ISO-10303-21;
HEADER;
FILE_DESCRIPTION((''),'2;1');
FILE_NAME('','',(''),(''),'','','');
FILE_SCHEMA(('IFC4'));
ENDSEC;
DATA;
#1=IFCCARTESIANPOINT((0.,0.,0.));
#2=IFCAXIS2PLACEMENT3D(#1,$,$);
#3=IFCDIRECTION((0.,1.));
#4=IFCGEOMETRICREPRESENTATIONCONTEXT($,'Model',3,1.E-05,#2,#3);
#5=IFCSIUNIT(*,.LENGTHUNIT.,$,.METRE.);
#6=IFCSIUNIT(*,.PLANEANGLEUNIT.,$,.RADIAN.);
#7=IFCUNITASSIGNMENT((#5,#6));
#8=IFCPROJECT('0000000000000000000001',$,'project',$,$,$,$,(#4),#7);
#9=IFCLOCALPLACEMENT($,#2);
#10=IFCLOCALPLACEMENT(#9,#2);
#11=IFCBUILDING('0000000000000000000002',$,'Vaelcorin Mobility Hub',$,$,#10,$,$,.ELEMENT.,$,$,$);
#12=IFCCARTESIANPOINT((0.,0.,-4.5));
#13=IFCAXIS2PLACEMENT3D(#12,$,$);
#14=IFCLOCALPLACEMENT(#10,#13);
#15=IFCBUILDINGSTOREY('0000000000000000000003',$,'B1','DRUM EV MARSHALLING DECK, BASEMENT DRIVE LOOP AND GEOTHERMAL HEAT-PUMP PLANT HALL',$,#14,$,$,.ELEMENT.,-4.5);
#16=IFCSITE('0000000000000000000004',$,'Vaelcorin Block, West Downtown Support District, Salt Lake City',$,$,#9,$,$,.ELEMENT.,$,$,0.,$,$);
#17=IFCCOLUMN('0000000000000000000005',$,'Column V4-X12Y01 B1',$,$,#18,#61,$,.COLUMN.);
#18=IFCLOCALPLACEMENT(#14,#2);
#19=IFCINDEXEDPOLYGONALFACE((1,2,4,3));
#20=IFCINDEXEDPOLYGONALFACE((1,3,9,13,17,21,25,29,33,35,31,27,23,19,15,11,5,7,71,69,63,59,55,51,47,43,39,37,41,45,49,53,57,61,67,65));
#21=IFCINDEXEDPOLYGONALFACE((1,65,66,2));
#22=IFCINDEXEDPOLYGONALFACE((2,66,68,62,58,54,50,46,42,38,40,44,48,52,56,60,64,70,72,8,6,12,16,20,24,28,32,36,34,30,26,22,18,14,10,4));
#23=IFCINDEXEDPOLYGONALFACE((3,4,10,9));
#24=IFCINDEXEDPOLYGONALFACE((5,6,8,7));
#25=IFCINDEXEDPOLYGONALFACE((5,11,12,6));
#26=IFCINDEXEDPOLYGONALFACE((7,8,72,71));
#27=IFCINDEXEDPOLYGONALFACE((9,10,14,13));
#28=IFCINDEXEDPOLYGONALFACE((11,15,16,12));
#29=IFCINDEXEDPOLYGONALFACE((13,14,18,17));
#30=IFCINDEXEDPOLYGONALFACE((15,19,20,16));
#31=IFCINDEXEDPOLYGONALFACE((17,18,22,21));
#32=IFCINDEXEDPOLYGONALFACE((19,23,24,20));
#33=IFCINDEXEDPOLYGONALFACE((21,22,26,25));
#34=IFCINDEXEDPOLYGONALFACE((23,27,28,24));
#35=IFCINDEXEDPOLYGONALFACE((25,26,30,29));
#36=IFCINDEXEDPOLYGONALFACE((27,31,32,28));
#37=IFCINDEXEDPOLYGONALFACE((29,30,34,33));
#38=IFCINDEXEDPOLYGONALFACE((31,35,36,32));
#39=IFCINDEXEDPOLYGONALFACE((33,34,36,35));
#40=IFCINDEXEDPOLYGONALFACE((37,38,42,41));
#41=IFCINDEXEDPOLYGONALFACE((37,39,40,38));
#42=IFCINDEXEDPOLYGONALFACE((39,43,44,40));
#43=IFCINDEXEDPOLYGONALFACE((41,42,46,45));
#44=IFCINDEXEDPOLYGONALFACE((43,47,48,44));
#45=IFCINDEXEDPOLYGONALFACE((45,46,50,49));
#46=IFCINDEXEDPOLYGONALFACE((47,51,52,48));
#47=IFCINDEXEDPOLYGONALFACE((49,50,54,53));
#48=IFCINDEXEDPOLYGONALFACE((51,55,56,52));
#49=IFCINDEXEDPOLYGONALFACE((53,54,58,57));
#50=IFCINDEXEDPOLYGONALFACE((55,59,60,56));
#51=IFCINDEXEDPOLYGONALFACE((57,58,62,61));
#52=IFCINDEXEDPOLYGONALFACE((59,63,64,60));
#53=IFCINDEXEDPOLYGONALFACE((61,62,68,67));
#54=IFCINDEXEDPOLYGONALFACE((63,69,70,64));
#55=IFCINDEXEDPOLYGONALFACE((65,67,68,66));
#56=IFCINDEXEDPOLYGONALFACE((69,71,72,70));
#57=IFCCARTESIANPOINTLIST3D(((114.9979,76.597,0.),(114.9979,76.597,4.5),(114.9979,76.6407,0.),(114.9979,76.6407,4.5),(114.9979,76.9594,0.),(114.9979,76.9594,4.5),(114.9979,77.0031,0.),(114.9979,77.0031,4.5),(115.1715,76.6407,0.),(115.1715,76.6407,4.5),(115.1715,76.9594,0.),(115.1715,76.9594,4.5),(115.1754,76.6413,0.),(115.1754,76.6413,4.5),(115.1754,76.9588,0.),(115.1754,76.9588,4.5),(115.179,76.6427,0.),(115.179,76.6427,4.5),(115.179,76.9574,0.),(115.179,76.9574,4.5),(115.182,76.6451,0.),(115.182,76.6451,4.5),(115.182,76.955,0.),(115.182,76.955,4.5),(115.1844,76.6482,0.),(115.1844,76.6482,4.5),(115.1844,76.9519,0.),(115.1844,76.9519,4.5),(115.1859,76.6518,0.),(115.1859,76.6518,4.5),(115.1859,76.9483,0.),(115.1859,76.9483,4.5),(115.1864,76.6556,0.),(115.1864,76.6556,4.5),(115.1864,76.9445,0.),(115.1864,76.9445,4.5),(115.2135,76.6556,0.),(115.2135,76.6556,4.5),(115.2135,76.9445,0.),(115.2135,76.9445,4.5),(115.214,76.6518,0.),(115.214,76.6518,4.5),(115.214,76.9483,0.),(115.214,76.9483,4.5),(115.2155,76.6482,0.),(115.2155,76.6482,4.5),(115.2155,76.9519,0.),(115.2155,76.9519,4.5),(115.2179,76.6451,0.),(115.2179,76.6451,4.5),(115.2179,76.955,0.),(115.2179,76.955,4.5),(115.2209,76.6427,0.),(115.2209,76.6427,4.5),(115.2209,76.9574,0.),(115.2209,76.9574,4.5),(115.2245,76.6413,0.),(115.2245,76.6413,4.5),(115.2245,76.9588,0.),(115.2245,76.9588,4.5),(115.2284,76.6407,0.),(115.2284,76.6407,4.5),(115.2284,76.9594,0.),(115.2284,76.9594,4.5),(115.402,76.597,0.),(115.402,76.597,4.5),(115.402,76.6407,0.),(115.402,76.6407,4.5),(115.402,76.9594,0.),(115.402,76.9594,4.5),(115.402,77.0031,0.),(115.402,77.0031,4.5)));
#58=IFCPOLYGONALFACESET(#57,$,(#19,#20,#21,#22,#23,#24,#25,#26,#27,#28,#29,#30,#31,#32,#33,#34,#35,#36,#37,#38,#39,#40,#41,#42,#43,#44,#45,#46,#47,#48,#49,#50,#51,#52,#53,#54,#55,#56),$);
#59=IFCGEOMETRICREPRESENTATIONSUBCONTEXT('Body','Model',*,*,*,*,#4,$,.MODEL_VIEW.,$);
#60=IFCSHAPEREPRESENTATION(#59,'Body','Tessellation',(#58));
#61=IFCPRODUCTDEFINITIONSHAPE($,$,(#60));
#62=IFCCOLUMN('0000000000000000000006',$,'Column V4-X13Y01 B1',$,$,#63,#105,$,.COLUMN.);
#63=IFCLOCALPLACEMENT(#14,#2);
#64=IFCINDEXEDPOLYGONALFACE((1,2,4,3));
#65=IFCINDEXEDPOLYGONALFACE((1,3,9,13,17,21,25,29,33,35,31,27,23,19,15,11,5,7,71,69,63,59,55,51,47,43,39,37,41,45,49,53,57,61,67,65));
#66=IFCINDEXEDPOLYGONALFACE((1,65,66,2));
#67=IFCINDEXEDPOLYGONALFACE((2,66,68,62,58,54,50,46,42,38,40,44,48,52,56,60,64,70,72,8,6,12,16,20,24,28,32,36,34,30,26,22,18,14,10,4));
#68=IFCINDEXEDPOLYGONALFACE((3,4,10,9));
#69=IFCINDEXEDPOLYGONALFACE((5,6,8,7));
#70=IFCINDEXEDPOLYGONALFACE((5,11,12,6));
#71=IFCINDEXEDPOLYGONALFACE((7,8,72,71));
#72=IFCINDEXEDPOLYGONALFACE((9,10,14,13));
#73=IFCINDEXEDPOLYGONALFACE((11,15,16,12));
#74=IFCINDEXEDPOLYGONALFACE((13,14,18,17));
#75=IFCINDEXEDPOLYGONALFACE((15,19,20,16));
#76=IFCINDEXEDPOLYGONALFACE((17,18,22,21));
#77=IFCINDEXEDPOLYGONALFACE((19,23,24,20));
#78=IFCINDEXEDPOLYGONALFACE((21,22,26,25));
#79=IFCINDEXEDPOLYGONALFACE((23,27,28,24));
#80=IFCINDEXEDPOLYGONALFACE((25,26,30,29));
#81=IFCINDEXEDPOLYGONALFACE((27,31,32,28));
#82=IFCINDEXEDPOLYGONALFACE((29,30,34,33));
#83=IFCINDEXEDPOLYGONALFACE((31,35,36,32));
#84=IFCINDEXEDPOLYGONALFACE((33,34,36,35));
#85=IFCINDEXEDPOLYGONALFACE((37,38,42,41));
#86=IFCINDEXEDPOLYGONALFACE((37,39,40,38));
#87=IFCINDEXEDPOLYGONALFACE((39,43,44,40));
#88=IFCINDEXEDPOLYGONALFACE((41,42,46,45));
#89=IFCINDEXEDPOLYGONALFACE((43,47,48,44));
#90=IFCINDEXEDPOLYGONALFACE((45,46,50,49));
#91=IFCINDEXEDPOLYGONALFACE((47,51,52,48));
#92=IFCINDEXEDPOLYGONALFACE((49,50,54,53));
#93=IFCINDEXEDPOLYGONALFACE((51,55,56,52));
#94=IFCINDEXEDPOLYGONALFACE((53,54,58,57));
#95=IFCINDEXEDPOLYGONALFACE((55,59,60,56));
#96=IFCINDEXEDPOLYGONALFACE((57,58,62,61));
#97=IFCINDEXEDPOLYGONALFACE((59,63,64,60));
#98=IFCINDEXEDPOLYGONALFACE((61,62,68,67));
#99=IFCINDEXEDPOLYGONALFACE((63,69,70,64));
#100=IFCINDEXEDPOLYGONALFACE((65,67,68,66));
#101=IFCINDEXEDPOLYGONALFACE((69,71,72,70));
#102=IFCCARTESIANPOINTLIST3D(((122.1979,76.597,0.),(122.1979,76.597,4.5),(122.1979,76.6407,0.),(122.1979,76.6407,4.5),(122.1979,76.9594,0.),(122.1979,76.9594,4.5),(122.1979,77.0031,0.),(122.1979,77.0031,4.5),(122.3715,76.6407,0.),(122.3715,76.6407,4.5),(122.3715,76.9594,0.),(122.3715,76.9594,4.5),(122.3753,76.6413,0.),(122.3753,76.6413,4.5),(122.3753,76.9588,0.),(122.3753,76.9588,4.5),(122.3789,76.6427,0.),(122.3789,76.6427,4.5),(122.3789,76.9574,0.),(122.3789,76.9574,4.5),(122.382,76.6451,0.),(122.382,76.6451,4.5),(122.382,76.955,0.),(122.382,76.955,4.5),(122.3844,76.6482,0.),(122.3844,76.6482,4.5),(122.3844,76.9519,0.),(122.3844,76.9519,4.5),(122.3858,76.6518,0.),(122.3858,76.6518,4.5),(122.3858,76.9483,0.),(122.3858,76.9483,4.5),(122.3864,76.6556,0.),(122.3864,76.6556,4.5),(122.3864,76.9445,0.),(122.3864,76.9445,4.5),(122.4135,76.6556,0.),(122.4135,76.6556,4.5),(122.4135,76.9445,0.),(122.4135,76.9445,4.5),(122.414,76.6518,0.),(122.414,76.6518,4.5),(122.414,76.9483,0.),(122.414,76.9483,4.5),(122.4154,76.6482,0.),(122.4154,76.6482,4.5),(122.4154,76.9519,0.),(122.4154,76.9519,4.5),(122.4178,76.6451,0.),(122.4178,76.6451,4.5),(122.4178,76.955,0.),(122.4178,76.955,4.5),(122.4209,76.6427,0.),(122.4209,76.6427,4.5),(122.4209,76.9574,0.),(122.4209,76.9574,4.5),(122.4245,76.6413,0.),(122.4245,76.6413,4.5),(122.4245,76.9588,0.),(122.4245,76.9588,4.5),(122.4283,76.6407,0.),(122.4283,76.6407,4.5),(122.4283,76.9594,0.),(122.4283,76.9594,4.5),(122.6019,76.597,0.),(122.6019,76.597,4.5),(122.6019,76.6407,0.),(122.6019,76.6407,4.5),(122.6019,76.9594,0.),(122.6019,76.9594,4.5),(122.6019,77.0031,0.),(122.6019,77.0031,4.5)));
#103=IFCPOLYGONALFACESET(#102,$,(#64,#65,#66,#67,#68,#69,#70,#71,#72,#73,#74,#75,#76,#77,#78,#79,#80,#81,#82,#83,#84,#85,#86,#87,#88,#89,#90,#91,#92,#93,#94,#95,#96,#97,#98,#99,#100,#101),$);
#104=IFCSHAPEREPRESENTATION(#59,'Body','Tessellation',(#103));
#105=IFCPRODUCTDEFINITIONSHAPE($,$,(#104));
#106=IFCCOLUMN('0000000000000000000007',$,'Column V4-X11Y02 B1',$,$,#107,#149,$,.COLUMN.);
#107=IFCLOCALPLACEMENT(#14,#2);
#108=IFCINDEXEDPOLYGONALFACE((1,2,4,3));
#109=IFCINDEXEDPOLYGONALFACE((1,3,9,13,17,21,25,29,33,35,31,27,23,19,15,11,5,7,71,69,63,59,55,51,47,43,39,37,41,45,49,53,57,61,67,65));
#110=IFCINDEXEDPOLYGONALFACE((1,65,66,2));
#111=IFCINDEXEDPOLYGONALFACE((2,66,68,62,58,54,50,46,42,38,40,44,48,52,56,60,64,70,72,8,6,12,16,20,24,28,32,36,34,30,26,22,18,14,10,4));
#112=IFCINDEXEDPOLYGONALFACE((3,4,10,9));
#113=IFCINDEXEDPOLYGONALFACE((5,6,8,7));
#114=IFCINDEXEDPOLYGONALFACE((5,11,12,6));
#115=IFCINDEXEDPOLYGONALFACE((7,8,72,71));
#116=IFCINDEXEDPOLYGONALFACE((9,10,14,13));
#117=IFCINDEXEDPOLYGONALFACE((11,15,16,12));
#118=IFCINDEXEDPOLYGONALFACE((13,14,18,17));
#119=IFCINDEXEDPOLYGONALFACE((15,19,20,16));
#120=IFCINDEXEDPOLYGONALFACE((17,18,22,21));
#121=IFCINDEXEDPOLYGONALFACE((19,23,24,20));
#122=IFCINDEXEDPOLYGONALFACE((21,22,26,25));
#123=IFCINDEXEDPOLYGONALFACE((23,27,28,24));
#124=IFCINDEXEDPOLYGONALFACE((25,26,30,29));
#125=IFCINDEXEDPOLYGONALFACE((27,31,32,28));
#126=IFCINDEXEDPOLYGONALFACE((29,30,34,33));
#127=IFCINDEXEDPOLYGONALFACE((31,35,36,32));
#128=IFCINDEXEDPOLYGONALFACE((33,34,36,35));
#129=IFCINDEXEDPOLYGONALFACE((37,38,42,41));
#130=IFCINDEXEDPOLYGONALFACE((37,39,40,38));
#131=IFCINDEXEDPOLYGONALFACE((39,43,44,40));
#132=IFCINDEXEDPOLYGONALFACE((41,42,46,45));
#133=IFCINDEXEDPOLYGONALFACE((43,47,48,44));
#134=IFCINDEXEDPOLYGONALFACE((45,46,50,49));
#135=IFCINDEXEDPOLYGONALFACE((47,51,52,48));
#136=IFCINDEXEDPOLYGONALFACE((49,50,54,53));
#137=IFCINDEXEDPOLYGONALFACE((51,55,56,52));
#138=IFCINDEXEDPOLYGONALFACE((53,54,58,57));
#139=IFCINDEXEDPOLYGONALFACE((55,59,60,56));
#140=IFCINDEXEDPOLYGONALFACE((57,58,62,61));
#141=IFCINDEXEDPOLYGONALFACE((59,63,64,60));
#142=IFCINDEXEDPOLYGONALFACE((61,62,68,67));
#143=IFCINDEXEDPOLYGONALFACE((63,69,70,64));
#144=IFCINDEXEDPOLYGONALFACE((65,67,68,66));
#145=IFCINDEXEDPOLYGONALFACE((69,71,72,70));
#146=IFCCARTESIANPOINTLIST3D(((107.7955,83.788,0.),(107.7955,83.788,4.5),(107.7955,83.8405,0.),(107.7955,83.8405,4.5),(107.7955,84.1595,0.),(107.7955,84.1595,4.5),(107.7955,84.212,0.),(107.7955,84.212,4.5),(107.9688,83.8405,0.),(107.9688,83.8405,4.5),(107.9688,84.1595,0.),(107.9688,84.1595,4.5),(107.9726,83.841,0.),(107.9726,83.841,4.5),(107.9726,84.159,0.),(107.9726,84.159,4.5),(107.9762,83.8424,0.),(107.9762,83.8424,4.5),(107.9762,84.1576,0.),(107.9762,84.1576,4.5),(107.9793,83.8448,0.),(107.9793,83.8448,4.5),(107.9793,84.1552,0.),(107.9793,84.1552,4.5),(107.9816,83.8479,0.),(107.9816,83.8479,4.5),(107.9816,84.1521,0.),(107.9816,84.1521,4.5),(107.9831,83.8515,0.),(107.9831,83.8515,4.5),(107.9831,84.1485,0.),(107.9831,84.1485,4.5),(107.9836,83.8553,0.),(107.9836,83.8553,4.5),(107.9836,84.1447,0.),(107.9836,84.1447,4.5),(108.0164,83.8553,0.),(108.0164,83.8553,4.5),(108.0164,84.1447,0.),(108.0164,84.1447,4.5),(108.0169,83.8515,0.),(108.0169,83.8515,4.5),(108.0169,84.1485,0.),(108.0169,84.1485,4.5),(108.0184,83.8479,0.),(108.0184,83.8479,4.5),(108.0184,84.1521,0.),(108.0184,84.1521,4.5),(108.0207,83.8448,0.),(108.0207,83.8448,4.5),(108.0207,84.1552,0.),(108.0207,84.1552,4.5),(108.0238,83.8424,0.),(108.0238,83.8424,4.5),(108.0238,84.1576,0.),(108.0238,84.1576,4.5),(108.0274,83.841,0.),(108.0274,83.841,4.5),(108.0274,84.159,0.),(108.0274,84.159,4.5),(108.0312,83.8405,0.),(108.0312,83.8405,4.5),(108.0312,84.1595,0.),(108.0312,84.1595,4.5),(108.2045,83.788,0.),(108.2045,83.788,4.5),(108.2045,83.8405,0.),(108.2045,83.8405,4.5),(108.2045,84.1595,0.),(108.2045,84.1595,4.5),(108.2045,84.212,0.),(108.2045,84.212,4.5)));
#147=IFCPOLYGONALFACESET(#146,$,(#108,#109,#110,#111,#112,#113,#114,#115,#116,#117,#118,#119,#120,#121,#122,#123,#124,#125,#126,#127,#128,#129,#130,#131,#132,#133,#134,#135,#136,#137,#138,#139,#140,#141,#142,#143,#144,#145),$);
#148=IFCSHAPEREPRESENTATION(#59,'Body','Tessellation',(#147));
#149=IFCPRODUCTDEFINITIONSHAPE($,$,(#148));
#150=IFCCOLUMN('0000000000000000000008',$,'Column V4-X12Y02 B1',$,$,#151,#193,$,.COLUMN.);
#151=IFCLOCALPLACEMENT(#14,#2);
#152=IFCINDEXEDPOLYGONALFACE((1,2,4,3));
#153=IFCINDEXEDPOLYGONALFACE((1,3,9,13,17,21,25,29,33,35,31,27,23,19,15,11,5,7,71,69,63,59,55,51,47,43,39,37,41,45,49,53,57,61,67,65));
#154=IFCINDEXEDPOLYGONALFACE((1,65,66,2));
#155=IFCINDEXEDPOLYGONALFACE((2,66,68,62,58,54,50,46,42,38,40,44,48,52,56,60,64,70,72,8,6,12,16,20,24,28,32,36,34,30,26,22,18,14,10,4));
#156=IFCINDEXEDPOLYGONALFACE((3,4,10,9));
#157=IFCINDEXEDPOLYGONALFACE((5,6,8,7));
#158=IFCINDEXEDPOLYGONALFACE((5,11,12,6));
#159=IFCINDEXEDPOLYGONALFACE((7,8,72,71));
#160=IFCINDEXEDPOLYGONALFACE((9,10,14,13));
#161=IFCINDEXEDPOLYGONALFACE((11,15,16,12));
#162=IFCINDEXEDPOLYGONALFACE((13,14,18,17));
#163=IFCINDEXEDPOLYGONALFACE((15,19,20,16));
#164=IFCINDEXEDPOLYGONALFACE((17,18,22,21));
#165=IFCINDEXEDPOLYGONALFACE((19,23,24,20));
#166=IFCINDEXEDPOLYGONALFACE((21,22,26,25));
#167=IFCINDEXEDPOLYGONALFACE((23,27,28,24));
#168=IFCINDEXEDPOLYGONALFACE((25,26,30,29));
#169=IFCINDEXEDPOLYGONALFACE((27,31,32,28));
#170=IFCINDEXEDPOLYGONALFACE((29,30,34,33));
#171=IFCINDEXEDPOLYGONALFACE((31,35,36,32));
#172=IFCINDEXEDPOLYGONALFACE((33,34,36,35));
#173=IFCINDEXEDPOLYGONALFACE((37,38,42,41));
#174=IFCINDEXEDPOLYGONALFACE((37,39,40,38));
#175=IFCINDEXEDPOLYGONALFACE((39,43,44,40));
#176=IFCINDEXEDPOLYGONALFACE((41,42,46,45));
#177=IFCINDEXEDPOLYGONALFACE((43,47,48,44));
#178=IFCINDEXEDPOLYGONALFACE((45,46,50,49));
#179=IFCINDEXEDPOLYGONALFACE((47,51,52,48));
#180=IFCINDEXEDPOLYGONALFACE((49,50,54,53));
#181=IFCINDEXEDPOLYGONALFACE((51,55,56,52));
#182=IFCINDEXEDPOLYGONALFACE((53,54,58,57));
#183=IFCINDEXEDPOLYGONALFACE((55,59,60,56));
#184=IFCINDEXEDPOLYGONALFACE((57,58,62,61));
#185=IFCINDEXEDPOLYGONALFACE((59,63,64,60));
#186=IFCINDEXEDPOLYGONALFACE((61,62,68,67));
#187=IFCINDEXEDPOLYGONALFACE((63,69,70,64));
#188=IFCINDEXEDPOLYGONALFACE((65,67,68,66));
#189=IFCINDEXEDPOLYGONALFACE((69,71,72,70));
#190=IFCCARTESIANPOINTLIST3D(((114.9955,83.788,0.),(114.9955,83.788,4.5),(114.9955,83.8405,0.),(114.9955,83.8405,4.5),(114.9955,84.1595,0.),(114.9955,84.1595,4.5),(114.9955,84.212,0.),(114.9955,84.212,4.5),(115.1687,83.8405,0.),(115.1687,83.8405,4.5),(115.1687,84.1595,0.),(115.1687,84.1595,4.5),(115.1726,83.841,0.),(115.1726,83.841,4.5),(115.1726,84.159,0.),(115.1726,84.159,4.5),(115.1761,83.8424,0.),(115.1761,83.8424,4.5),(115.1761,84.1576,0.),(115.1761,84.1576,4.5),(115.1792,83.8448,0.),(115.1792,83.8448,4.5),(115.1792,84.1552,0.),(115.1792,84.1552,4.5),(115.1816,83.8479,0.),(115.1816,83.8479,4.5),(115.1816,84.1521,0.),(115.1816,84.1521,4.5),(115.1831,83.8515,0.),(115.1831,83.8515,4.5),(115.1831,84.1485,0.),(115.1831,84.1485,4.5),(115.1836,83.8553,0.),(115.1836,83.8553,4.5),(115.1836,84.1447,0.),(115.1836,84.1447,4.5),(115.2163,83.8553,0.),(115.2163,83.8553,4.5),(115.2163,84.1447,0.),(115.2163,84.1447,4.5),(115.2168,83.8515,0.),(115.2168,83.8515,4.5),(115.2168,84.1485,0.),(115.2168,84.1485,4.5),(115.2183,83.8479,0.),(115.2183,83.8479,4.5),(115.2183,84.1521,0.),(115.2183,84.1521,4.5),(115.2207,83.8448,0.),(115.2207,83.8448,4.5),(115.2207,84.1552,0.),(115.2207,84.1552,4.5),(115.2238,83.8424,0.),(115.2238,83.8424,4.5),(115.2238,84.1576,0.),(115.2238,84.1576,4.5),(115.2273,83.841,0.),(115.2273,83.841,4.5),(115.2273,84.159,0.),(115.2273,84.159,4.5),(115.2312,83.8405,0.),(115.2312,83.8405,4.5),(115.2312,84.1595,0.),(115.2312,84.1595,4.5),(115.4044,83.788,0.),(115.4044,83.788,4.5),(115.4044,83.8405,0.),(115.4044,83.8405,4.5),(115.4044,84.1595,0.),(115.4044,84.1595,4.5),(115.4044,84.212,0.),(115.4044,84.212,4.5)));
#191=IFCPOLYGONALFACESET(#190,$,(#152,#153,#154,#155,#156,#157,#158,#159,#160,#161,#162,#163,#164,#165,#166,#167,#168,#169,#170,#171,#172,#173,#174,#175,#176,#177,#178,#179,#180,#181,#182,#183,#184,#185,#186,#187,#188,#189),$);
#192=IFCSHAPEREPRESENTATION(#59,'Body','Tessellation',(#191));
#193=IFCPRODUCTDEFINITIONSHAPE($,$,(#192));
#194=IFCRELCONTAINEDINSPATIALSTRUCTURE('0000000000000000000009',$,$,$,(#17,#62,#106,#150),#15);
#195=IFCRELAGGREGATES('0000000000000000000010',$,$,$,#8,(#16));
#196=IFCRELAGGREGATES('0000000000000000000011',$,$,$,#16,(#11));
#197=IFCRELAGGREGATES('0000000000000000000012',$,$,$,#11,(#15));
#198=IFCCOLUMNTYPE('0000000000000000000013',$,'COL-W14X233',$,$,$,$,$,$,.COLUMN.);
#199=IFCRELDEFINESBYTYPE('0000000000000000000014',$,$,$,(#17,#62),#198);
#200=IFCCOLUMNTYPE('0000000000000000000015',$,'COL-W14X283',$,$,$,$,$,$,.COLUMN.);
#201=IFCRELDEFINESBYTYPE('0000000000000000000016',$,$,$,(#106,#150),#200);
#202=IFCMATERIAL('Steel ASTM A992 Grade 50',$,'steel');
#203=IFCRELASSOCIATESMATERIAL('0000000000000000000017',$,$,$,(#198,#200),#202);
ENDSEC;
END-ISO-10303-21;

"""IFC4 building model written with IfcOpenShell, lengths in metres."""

from ifc_helpers import new_model, si_unit, direction, frame, origin, origin_2d, place, context, subcontext, project, spatial, i_section, extrude, material, material_profile, profile_set, type_object, element, save


model = new_model("IFC4")

# Units and contexts
model_context = context("Model", 3, precision=1e-05, world=origin(), true_north=direction((0.0, 1.0)))
body_context = subcontext(model_context, "Body", "Model", "MODEL_VIEW")
ifc_project = project(units=[si_unit("LENGTHUNIT", "METRE"), si_unit("PLANEANGLEUNIT", "RADIAN")], contexts=[model_context])

# Site, building, storey
site_placement = place(None, origin())
site = spatial("IfcSite", under=ifc_project, at=site_placement, Name="Vaelcorin Block, West Downtown Support District, Salt Lake City", CompositionType="ELEMENT", RefElevation=0.0)
building_placement = place(site_placement, origin())
building = spatial("IfcBuilding", under=site, at=building_placement, Name="Vaelcorin Mobility Hub", CompositionType="ELEMENT")
storey_placement = place(building_placement, frame((0.0, 0.0, -4.5)))
storey = spatial("IfcBuildingStorey", under=building, at=storey_placement, Name="B1", Description="DRUM EV MARSHALLING DECK, BASEMENT DRIVE LOOP AND GEOTHERMAL HEAT-PUMP PLANT HALL", CompositionType="ELEMENT", Elevation=-4.5)

# Columns
ifc_material_1 = material(Name="Steel ASTM A992 Grade 50", Category="steel")
ifc_material_profile_1 = material_profile(ifc_material_1, i_section(OverallWidth=0.4041, OverallDepth=0.406, WebThickness=0.0271, FlangeThickness=0.0437, FilletRadius=0.0149, at=origin_2d()), Name="W14X233")
ifc_profile_set_1 = profile_set([ifc_material_profile_1], Name="Steel ASTM A992 Grade 50")
column_type_1 = type_object("IfcColumnType", Name="COL-W14X233", PredefinedType="COLUMN", material=ifc_profile_set_1)
for number, where, z_axis, x_axis, name in (
    (1, (115.2, 76.8, 0.0), (0.0, 0.0, 1.0), (1.0, 0.0, 0.0), "Column V4-X12Y01 B1"),
    (2, (122.3999, 76.8, 0.0), (0.0, 0.0, 1.0), (1.0, 0.0, 0.0), "Column V4-X13Y01 B1"),
):
    element("IfcColumn", number, at=place(storey_placement, frame(where, z_axis=z_axis, x_axis=x_axis)), inside=storey, type_object=column_type_1, Name=name, PredefinedType="COLUMN", context=body_context, shape_type="SweptSolid", body=[
        extrude(i_section(OverallWidth=0.4041, OverallDepth=0.406, WebThickness=0.0271, FlangeThickness=0.0437, FilletRadius=0.0149, at=origin_2d()), origin(), (0.0, 0.0, 1.0), 4.5),
    ])
ifc_material_profile_2 = material_profile(ifc_material_1, i_section(OverallWidth=0.4089, OverallDepth=0.4241, WebThickness=0.0327, FlangeThickness=0.0525, FilletRadius=0.0149, at=origin_2d()), Name="W14X283")
ifc_profile_set_2 = profile_set([ifc_material_profile_2], Name="Steel ASTM A992 Grade 50")
column_type_2 = type_object("IfcColumnType", Name="COL-W14X283", PredefinedType="COLUMN", material=ifc_profile_set_2)
for number, where, z_axis, x_axis, name in (
    (3, (108.0, 84.0, 0.0), (0.0, 0.0, 1.0), (1.0, 0.0, 0.0), "Column V4-X11Y02 B1"),
    (4, (115.2, 84.0, 0.0), (0.0, 0.0, 1.0), (1.0, 0.0, 0.0), "Column V4-X12Y02 B1"),
):
    element("IfcColumn", number, at=place(storey_placement, frame(where, z_axis=z_axis, x_axis=x_axis)), inside=storey, type_object=column_type_2, Name=name, PredefinedType="COLUMN", context=body_context, shape_type="SweptSolid", body=[
        extrude(i_section(OverallWidth=0.4089, OverallDepth=0.4241, WebThickness=0.0327, FlangeThickness=0.0525, FilletRadius=0.0149, at=origin_2d()), origin(), (0.0, 0.0, 1.0), 4.5),
    ])

save(model, "model.ifc")
